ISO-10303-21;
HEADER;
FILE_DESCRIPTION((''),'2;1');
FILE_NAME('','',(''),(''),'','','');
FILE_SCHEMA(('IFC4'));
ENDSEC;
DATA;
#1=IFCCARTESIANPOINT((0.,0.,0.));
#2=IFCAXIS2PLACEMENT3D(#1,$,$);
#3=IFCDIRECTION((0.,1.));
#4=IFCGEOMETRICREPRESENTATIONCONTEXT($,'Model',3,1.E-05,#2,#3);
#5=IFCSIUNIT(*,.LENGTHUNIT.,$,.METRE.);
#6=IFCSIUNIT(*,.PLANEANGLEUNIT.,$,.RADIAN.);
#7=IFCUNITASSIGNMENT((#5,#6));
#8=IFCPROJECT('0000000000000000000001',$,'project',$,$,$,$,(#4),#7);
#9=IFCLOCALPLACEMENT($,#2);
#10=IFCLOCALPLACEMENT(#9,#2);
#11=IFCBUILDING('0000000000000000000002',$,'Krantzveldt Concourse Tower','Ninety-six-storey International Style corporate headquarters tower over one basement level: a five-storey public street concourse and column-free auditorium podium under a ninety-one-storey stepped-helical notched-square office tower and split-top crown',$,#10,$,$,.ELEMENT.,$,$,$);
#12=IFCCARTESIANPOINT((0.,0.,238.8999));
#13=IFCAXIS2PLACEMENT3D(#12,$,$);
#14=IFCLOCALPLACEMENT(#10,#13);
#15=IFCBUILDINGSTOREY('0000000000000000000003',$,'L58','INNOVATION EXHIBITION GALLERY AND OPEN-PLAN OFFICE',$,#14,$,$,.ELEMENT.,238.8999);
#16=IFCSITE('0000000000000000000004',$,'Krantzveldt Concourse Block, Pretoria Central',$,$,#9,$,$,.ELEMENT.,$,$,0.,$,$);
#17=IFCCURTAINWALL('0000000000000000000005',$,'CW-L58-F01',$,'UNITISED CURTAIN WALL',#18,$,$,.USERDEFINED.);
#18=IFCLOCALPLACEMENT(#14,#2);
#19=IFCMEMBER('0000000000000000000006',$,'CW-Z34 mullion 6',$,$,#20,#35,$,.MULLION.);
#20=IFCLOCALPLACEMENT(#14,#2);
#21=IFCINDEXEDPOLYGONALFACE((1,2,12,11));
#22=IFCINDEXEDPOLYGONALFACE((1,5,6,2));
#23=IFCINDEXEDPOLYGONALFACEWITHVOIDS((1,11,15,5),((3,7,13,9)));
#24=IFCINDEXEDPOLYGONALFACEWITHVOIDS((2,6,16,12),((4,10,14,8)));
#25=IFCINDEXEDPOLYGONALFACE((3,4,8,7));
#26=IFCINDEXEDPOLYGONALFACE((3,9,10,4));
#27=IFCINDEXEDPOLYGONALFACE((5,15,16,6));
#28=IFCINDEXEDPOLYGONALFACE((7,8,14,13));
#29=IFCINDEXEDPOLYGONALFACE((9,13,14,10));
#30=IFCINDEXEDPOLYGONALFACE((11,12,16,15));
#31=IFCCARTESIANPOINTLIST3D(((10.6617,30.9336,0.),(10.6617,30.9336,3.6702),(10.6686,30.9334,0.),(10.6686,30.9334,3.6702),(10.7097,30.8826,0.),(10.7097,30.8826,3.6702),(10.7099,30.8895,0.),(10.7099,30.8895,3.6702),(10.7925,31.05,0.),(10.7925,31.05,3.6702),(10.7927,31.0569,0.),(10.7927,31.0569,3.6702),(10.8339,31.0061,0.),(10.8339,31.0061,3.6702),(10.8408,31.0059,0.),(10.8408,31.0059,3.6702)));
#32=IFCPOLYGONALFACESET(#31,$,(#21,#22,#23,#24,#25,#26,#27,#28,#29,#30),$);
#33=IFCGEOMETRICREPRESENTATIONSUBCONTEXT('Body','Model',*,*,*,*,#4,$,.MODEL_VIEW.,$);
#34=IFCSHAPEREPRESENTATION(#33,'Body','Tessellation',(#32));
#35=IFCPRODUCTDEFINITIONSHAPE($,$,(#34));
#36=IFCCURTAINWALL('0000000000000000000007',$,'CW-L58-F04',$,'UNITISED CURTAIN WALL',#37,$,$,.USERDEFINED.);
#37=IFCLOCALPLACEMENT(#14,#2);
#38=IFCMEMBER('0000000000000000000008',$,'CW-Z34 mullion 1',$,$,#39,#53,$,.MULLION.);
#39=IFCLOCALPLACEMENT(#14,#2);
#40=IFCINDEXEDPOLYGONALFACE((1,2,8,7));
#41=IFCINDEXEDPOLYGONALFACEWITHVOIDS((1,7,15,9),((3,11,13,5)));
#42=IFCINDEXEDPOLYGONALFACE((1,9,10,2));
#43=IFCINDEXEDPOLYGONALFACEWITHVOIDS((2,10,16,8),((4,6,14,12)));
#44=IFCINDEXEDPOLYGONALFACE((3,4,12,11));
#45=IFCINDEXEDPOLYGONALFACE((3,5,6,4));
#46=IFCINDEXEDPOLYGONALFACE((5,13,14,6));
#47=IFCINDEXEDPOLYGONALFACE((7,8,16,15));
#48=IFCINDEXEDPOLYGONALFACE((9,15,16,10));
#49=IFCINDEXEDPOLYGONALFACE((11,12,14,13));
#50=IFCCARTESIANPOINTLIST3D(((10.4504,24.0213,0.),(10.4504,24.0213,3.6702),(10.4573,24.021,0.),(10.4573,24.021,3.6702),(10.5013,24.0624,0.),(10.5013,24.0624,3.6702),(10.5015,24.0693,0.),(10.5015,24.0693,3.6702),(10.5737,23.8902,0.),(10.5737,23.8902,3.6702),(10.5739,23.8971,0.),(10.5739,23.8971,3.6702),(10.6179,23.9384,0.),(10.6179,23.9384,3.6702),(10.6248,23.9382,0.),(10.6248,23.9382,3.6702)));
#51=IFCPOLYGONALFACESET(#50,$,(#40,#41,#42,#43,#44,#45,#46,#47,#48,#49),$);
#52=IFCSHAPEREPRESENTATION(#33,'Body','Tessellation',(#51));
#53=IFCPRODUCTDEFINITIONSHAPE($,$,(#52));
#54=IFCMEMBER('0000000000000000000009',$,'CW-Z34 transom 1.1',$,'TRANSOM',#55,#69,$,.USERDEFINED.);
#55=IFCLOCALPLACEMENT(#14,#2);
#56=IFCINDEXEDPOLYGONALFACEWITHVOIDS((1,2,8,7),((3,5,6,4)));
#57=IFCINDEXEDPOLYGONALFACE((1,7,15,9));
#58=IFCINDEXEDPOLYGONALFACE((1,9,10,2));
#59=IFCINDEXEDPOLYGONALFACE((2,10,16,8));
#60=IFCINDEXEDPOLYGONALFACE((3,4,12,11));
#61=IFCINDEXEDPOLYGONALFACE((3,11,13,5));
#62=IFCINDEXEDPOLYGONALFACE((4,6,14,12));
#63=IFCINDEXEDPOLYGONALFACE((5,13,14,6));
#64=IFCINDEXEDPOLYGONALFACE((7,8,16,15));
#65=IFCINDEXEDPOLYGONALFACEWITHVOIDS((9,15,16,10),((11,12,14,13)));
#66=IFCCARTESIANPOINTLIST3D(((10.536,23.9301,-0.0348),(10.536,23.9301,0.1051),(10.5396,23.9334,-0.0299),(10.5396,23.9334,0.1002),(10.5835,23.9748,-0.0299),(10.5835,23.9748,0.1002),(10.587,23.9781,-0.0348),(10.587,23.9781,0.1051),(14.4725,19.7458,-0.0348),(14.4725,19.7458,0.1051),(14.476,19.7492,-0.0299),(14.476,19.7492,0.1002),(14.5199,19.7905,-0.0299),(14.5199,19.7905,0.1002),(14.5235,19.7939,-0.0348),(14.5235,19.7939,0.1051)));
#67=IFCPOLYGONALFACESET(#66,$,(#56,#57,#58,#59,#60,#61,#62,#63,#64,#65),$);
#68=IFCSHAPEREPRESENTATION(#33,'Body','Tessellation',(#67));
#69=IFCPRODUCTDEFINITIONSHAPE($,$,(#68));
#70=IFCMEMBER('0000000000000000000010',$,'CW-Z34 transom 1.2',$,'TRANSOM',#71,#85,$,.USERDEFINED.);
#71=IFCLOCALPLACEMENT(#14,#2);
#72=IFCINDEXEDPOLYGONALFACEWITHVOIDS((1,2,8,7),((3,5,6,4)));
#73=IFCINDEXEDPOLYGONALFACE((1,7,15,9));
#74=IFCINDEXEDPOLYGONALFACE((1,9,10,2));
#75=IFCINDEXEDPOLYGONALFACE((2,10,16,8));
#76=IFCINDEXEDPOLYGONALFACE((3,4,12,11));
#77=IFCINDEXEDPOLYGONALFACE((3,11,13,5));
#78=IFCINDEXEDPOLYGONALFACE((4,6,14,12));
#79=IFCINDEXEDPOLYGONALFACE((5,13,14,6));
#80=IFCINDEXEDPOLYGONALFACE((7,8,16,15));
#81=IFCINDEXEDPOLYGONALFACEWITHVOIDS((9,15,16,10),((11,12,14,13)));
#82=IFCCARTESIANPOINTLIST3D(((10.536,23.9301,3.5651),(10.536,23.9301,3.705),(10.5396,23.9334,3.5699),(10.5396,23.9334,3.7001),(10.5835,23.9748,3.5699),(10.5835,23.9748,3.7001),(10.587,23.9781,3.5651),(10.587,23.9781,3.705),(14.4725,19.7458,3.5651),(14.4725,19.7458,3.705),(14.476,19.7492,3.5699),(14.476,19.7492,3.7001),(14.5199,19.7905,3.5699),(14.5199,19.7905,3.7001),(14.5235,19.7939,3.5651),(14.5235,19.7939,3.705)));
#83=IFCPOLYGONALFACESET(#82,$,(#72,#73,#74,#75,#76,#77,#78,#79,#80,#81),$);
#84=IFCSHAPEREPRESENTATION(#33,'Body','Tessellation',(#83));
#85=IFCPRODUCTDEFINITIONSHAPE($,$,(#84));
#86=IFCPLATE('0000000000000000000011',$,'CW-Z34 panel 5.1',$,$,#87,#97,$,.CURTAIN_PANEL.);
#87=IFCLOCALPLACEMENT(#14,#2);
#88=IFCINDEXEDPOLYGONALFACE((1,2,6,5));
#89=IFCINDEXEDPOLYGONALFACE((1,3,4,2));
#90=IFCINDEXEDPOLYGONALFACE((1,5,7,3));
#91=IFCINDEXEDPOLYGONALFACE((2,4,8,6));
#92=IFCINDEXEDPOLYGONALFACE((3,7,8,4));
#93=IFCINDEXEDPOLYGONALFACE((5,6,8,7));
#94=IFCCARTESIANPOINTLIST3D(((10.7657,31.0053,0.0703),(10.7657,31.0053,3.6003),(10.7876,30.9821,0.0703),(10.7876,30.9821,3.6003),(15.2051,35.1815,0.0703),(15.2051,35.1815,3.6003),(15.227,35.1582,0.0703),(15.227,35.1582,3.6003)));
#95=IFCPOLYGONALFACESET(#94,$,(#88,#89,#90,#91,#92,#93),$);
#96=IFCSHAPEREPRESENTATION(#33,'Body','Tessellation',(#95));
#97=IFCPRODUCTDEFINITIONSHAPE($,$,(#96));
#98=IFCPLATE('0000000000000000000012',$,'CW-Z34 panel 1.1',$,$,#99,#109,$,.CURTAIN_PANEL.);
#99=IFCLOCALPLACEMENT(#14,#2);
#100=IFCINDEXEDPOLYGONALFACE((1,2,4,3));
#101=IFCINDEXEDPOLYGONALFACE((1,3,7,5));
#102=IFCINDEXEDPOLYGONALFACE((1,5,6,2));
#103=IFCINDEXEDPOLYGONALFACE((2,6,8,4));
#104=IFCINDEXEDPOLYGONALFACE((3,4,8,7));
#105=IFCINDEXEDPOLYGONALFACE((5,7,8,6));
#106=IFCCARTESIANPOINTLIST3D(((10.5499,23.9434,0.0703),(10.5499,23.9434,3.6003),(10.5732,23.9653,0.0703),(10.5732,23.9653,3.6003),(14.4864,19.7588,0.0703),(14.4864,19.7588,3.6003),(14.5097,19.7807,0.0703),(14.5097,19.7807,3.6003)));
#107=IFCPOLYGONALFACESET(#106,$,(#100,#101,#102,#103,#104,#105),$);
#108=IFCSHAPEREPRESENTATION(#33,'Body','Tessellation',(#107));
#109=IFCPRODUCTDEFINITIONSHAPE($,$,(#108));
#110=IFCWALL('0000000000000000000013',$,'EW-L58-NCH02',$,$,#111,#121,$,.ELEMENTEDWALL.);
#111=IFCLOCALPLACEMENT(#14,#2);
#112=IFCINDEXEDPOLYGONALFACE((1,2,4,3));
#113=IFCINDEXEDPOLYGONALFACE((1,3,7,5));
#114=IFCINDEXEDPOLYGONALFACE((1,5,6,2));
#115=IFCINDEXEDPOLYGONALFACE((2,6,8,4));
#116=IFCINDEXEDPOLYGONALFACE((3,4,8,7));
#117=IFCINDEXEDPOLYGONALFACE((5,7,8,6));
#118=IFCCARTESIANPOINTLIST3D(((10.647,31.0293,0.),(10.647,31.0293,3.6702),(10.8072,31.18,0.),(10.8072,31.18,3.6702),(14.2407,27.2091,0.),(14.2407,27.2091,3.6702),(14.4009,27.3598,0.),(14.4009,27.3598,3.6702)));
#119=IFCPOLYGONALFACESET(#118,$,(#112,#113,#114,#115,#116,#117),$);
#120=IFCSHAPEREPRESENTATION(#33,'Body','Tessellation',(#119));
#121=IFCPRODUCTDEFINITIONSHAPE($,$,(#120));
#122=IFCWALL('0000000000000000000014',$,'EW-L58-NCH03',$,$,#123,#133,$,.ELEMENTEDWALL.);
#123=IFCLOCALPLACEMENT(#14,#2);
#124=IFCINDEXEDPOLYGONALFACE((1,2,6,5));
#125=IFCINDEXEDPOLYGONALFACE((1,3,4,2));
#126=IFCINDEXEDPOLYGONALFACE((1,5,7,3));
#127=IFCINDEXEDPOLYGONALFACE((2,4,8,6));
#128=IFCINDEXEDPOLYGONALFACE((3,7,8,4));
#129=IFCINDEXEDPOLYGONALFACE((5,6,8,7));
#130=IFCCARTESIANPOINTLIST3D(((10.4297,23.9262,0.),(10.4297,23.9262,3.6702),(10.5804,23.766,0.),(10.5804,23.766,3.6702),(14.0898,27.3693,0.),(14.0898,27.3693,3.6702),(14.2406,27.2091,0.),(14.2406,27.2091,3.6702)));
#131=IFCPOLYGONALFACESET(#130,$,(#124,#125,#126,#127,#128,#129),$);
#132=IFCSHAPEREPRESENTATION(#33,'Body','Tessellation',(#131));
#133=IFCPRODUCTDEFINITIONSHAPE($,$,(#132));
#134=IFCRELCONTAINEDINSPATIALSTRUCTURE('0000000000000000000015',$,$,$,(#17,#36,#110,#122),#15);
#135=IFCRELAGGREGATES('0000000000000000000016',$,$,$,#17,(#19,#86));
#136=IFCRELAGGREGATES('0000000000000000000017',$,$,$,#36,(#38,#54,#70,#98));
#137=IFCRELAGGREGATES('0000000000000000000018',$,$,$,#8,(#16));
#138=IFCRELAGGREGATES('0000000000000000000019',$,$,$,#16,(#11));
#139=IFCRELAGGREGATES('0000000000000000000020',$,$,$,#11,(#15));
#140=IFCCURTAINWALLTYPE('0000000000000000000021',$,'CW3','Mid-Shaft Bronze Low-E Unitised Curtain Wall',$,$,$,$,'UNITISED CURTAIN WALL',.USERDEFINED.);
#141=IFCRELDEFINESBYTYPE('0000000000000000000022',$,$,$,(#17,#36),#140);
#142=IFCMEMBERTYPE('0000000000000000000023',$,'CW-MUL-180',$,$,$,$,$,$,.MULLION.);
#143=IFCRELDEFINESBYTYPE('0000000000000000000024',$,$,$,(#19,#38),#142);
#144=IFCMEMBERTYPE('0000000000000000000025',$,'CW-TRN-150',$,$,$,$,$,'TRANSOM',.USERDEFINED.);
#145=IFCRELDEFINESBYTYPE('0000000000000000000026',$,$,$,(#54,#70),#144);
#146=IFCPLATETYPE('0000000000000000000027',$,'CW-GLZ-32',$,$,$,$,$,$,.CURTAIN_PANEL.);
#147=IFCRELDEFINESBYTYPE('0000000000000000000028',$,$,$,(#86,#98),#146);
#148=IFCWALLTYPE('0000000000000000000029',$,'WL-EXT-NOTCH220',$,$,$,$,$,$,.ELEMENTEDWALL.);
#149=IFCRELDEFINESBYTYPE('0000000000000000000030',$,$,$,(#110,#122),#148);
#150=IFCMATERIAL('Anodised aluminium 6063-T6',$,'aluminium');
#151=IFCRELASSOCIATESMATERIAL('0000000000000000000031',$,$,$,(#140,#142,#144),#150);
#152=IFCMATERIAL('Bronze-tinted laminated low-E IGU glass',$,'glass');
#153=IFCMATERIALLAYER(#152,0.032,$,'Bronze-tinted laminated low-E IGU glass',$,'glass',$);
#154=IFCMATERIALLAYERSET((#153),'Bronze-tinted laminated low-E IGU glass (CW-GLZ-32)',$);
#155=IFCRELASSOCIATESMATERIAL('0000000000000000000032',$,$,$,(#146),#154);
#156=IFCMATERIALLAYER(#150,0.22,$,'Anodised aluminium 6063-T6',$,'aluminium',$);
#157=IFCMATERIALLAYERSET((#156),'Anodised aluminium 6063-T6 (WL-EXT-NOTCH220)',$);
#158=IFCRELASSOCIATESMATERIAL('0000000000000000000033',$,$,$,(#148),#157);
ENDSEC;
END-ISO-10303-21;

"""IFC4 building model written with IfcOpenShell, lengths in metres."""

from ifc_helpers import new_model, si_unit, direction, frame, frame_2d, origin, origin_2d, place, context, subcontext, project, spatial, rectangle, hollow_rectangle, extrude, source, transform, mapped, material, layer, layer_set, material_profile, profile_set, type_object, type_shapes, element, aggregate, save


model = new_model("IFC4")

# Units and contexts
model_context = context("Model", 3, precision=1e-05, world=origin(), true_north=direction((0.0, 1.0)))
body_context = subcontext(model_context, "Body", "Model", "MODEL_VIEW")
ifc_project = project(units=[si_unit("LENGTHUNIT", "METRE"), si_unit("PLANEANGLEUNIT", "RADIAN")], contexts=[model_context])

# Site, building, storey
site_placement = place(None, origin())
site = spatial("IfcSite", under=ifc_project, at=site_placement, Name="Krantzveldt Concourse Block, Pretoria Central", CompositionType="ELEMENT", RefElevation=0.0)
building_placement = place(site_placement, origin())
building = spatial("IfcBuilding", under=site, at=building_placement, Name="Krantzveldt Concourse Tower", Description="Ninety-six-storey International Style corporate headquarters tower over one basement level: a five-storey public street concourse and column-free auditorium podium under a ninety-one-storey stepped-helical notched-square office tower and split-top crown", CompositionType="ELEMENT")
storey_placement = place(building_placement, frame((0.0, 0.0, 238.8999)))
storey = spatial("IfcBuildingStorey", under=building, at=storey_placement, Name="L58", Description="INNOVATION EXHIBITION GALLERY AND OPEN-PLAN OFFICE", CompositionType="ELEMENT", Elevation=238.8999)

# Curtain wall, member
ifc_material_1 = material(Name="Anodised aluminium 6063-T6", Category="aluminium")
curtain_wall_type = type_object("IfcCurtainWallType", Name="CW3", Description="Mid-Shaft Bronze Low-E Unitised Curtain Wall", ElementType="UNITISED CURTAIN WALL", PredefinedType="USERDEFINED", material=ifc_material_1)
curtain_wall_1_placement = place(storey_placement, origin())
curtain_wall_1 = element("IfcCurtainWall", 1, at=curtain_wall_1_placement, inside=storey, type_object=curtain_wall_type, Name="CW-L58-F01", ObjectType="UNITISED CURTAIN WALL", PredefinedType="USERDEFINED")
ifc_material_profile_1 = material_profile(ifc_material_1, hollow_rectangle(XDim=0.0701, YDim=0.1799, WallThickness=0.0049, at=origin_2d()), Name="Anodised aluminium 6063-T6", Category="aluminium")
ifc_profile_set_1 = profile_set([ifc_material_profile_1], Name="Anodised aluminium 6063-T6 - ALU-MULL 180x70x5")
member_type_1 = type_object("IfcMemberType", Name="CW-MUL-180", PredefinedType="MULLION", material=ifc_profile_set_1)
shared_shape_1 = source(origin(), body_context, "Body", "SweptSolid", [
    extrude(hollow_rectangle(XDim=0.0701, YDim=0.1799, WallThickness=0.0049, at=origin_2d()), origin(), (0.0, 0.0, 1.0), 3.6702),
])
type_shapes(member_type_1, [shared_shape_1])
member_1_placement = place(storey_placement, frame((10.7512, 30.9697, 0.0), z_axis=(0.0, 0.0, 1.0), x_axis=(0.685183, -0.728371, 0.0)))
member_1 = element("IfcMember", 2, at=member_1_placement, type_object=member_type_1, Name="CW-Z34 mullion 6", PredefinedType="MULLION", context=body_context, shape_type="MappedRepresentation", body=[
    mapped(shared_shape_1, transform((0.0, 0.0, 0.0), x_axis=(1.0, 0.0, 0.0), y_axis=(0.0, 1.0, 0.0), z_axis=(0.0, 0.0, 1.0), scale=1.0)),
])

# Curtain wall, members
curtain_wall_2_placement = place(storey_placement, origin())
curtain_wall_2 = element("IfcCurtainWall", 3, at=curtain_wall_2_placement, inside=storey, type_object=curtain_wall_type, Name="CW-L58-F04", ObjectType="UNITISED CURTAIN WALL", PredefinedType="USERDEFINED")
member_2_placement = place(storey_placement, frame((10.5376, 23.9797, 0.0), z_axis=(0.0, 0.0, 1.0), x_axis=(0.728371, 0.685183, 0.0)))
member_2 = element("IfcMember", 4, at=member_2_placement, type_object=member_type_1, Name="CW-Z34 mullion 1", PredefinedType="MULLION", context=body_context, shape_type="MappedRepresentation", body=[
    mapped(shared_shape_1, transform((0.0, 0.0, 0.0), x_axis=(1.0, 0.0, 0.0), y_axis=(0.0, 1.0, 0.0), z_axis=(0.0, 0.0, 1.0), scale=1.0)),
])
ifc_material_profile_2 = material_profile(ifc_material_1, hollow_rectangle(XDim=0.0701, YDim=0.1399, WallThickness=0.0049, at=origin_2d()), Name="Anodised aluminium 6063-T6", Category="aluminium")
ifc_profile_set_2 = profile_set([ifc_material_profile_2], Name="Anodised aluminium 6063-T6 - ALU-TRAN 140x70x5")
member_type_2 = type_object("IfcMemberType", Name="CW-TRN-150", ElementType="TRANSOM", PredefinedType="USERDEFINED", material=ifc_profile_set_2)
shared_shape_2 = source(origin(), body_context, "Body", "SweptSolid", [
    extrude(hollow_rectangle(XDim=0.0701, YDim=0.1399, WallThickness=0.0049, at=origin_2d()), origin(), (0.0, 0.0, 1.0), 5.7449),
])
type_shapes(member_type_2, [shared_shape_2])
member_3_placement = place(storey_placement, frame((10.5615, 23.9541, 0.0352), z_axis=(0.685211, -0.728345, 0.0), x_axis=(0.728345, 0.685211, 0.0)))
member_3 = element("IfcMember", 5, at=member_3_placement, type_object=member_type_2, Name="CW-Z34 transom 1.1", ObjectType="TRANSOM", PredefinedType="USERDEFINED", context=body_context, shape_type="MappedRepresentation", body=[
    mapped(shared_shape_2, transform((0.0, 0.0, 0.0), x_axis=(1.0, 0.0, 0.0), y_axis=(0.0, 1.0, 0.0), z_axis=(0.0, 0.0, 1.0), scale=1.0)),
])
member_4_placement = place(storey_placement, frame((10.5615, 23.9541, 3.635), z_axis=(0.685211, -0.728345, 0.0), x_axis=(0.728345, 0.685211, 0.0)))
member_4 = element("IfcMember", 6, at=member_4_placement, type_object=member_type_2, Name="CW-Z34 transom 1.2", ObjectType="TRANSOM", PredefinedType="USERDEFINED", context=body_context, shape_type="MappedRepresentation", body=[
    mapped(shared_shape_2, transform((0.0, 0.0, 0.0), x_axis=(1.0, 0.0, 0.0), y_axis=(0.0, 1.0, 0.0), z_axis=(0.0, 0.0, 1.0), scale=1.0)),
])

# Plates
ifc_material_2 = material(Name="Bronze-tinted laminated low-E IGU glass", Category="glass")
ifc_layer_1 = layer(ifc_material_2, 0.032, Name="Bronze-tinted laminated low-E IGU glass", Category="glass")
ifc_layer_set_1 = layer_set([ifc_layer_1], Name="Bronze-tinted laminated low-E IGU glass (CW-GLZ-32)")
plate_type = type_object("IfcPlateType", Name="CW-GLZ-32", PredefinedType="CURTAIN_PANEL", material=ifc_layer_set_1)
shared_shape_3 = source(origin(), body_context, "Body", "SweptSolid", [
    extrude(rectangle(XDim=6.095, YDim=0.032, at=origin_2d()), origin(), (0.0, 0.0, 1.0), 3.53),
])
plate_1_placement = place(storey_placement, frame((12.9963, 33.0818, 0.0703), z_axis=(0.0, 0.0, 1.0), x_axis=(-0.728371, -0.685183, 0.0)))
plate_1 = element("IfcPlate", 7, at=plate_1_placement, type_object=plate_type, Name="CW-Z34 panel 5.1", PredefinedType="CURTAIN_PANEL", context=body_context, shape_type="MappedRepresentation", body=[
    mapped(shared_shape_3, transform((0.0, 0.0, 0.0), x_axis=(1.0, 0.0, 0.0), y_axis=(0.0, 1.0, 0.0), z_axis=(0.0, 0.0, 1.0), scale=1.0)),
])
aggregate(curtain_wall_1, [member_1, plate_1])
shared_shape_4 = source(origin(), body_context, "Body", "SweptSolid", [
    extrude(rectangle(XDim=5.7451, YDim=0.032, at=origin_2d()), origin(), (0.0, 0.0, 1.0), 3.53),
])
type_shapes(plate_type, [shared_shape_3, shared_shape_4])
plate_2_placement = place(storey_placement, frame((12.5298, 21.8621, 0.0703), z_axis=(0.0, 0.0, 1.0), x_axis=(0.685183, -0.728371, 0.0)))
plate_2 = element("IfcPlate", 8, at=plate_2_placement, type_object=plate_type, Name="CW-Z34 panel 1.1", PredefinedType="CURTAIN_PANEL", context=body_context, shape_type="MappedRepresentation", body=[
    mapped(shared_shape_4, transform((0.0, 0.0, 0.0), x_axis=(1.0, 0.0, 0.0), y_axis=(0.0, 1.0, 0.0), z_axis=(0.0, 0.0, 1.0), scale=1.0)),
])
aggregate(curtain_wall_2, [member_2, member_3, member_4, plate_2])

# Walls
ifc_layer_2 = layer(ifc_material_1, 0.22, Name="Anodised aluminium 6063-T6", Category="aluminium")
ifc_layer_set_2 = layer_set([ifc_layer_2], Name="Anodised aluminium 6063-T6 (WL-EXT-NOTCH220)")
wall_type_1 = type_object("IfcWallType", Name="WL-EXT-NOTCH220", PredefinedType="ELEMENTEDWALL", material=ifc_layer_set_2)
wall_1_placement = place(storey_placement, frame((10.7271, 31.1047, 0.0), z_axis=(0.0, 0.0, 1.0), x_axis=(0.685179, -0.728375, 0.0)))
element("IfcWall", 9, at=wall_1_placement, inside=storey, type_object=wall_type_1, Name="EW-L58-NCH02", PredefinedType="ELEMENTEDWALL", context=body_context, shape_type="SweptSolid", body=[
    extrude(rectangle(XDim=5.2449, YDim=0.22, at=frame_2d((2.6226, 0.0))), origin(), (0.0, 0.0, 1.0), 3.6702),
])
wall_2_placement = place(storey_placement, frame((14.1653, 27.2893, 0.0), z_axis=(0.0, 0.0, 1.0), x_axis=(-0.728373, -0.685181, 0.0)))
element("IfcWall", 10, at=wall_2_placement, inside=storey, type_object=wall_type_1, Name="EW-L58-NCH03", PredefinedType="ELEMENTEDWALL", context=body_context, shape_type="SweptSolid", body=[
    extrude(rectangle(XDim=5.0251, YDim=0.22, at=frame_2d((2.5127, 0.0))), origin(), (0.0, 0.0, 1.0), 3.6702),
])

save(model, "model.ifc")
